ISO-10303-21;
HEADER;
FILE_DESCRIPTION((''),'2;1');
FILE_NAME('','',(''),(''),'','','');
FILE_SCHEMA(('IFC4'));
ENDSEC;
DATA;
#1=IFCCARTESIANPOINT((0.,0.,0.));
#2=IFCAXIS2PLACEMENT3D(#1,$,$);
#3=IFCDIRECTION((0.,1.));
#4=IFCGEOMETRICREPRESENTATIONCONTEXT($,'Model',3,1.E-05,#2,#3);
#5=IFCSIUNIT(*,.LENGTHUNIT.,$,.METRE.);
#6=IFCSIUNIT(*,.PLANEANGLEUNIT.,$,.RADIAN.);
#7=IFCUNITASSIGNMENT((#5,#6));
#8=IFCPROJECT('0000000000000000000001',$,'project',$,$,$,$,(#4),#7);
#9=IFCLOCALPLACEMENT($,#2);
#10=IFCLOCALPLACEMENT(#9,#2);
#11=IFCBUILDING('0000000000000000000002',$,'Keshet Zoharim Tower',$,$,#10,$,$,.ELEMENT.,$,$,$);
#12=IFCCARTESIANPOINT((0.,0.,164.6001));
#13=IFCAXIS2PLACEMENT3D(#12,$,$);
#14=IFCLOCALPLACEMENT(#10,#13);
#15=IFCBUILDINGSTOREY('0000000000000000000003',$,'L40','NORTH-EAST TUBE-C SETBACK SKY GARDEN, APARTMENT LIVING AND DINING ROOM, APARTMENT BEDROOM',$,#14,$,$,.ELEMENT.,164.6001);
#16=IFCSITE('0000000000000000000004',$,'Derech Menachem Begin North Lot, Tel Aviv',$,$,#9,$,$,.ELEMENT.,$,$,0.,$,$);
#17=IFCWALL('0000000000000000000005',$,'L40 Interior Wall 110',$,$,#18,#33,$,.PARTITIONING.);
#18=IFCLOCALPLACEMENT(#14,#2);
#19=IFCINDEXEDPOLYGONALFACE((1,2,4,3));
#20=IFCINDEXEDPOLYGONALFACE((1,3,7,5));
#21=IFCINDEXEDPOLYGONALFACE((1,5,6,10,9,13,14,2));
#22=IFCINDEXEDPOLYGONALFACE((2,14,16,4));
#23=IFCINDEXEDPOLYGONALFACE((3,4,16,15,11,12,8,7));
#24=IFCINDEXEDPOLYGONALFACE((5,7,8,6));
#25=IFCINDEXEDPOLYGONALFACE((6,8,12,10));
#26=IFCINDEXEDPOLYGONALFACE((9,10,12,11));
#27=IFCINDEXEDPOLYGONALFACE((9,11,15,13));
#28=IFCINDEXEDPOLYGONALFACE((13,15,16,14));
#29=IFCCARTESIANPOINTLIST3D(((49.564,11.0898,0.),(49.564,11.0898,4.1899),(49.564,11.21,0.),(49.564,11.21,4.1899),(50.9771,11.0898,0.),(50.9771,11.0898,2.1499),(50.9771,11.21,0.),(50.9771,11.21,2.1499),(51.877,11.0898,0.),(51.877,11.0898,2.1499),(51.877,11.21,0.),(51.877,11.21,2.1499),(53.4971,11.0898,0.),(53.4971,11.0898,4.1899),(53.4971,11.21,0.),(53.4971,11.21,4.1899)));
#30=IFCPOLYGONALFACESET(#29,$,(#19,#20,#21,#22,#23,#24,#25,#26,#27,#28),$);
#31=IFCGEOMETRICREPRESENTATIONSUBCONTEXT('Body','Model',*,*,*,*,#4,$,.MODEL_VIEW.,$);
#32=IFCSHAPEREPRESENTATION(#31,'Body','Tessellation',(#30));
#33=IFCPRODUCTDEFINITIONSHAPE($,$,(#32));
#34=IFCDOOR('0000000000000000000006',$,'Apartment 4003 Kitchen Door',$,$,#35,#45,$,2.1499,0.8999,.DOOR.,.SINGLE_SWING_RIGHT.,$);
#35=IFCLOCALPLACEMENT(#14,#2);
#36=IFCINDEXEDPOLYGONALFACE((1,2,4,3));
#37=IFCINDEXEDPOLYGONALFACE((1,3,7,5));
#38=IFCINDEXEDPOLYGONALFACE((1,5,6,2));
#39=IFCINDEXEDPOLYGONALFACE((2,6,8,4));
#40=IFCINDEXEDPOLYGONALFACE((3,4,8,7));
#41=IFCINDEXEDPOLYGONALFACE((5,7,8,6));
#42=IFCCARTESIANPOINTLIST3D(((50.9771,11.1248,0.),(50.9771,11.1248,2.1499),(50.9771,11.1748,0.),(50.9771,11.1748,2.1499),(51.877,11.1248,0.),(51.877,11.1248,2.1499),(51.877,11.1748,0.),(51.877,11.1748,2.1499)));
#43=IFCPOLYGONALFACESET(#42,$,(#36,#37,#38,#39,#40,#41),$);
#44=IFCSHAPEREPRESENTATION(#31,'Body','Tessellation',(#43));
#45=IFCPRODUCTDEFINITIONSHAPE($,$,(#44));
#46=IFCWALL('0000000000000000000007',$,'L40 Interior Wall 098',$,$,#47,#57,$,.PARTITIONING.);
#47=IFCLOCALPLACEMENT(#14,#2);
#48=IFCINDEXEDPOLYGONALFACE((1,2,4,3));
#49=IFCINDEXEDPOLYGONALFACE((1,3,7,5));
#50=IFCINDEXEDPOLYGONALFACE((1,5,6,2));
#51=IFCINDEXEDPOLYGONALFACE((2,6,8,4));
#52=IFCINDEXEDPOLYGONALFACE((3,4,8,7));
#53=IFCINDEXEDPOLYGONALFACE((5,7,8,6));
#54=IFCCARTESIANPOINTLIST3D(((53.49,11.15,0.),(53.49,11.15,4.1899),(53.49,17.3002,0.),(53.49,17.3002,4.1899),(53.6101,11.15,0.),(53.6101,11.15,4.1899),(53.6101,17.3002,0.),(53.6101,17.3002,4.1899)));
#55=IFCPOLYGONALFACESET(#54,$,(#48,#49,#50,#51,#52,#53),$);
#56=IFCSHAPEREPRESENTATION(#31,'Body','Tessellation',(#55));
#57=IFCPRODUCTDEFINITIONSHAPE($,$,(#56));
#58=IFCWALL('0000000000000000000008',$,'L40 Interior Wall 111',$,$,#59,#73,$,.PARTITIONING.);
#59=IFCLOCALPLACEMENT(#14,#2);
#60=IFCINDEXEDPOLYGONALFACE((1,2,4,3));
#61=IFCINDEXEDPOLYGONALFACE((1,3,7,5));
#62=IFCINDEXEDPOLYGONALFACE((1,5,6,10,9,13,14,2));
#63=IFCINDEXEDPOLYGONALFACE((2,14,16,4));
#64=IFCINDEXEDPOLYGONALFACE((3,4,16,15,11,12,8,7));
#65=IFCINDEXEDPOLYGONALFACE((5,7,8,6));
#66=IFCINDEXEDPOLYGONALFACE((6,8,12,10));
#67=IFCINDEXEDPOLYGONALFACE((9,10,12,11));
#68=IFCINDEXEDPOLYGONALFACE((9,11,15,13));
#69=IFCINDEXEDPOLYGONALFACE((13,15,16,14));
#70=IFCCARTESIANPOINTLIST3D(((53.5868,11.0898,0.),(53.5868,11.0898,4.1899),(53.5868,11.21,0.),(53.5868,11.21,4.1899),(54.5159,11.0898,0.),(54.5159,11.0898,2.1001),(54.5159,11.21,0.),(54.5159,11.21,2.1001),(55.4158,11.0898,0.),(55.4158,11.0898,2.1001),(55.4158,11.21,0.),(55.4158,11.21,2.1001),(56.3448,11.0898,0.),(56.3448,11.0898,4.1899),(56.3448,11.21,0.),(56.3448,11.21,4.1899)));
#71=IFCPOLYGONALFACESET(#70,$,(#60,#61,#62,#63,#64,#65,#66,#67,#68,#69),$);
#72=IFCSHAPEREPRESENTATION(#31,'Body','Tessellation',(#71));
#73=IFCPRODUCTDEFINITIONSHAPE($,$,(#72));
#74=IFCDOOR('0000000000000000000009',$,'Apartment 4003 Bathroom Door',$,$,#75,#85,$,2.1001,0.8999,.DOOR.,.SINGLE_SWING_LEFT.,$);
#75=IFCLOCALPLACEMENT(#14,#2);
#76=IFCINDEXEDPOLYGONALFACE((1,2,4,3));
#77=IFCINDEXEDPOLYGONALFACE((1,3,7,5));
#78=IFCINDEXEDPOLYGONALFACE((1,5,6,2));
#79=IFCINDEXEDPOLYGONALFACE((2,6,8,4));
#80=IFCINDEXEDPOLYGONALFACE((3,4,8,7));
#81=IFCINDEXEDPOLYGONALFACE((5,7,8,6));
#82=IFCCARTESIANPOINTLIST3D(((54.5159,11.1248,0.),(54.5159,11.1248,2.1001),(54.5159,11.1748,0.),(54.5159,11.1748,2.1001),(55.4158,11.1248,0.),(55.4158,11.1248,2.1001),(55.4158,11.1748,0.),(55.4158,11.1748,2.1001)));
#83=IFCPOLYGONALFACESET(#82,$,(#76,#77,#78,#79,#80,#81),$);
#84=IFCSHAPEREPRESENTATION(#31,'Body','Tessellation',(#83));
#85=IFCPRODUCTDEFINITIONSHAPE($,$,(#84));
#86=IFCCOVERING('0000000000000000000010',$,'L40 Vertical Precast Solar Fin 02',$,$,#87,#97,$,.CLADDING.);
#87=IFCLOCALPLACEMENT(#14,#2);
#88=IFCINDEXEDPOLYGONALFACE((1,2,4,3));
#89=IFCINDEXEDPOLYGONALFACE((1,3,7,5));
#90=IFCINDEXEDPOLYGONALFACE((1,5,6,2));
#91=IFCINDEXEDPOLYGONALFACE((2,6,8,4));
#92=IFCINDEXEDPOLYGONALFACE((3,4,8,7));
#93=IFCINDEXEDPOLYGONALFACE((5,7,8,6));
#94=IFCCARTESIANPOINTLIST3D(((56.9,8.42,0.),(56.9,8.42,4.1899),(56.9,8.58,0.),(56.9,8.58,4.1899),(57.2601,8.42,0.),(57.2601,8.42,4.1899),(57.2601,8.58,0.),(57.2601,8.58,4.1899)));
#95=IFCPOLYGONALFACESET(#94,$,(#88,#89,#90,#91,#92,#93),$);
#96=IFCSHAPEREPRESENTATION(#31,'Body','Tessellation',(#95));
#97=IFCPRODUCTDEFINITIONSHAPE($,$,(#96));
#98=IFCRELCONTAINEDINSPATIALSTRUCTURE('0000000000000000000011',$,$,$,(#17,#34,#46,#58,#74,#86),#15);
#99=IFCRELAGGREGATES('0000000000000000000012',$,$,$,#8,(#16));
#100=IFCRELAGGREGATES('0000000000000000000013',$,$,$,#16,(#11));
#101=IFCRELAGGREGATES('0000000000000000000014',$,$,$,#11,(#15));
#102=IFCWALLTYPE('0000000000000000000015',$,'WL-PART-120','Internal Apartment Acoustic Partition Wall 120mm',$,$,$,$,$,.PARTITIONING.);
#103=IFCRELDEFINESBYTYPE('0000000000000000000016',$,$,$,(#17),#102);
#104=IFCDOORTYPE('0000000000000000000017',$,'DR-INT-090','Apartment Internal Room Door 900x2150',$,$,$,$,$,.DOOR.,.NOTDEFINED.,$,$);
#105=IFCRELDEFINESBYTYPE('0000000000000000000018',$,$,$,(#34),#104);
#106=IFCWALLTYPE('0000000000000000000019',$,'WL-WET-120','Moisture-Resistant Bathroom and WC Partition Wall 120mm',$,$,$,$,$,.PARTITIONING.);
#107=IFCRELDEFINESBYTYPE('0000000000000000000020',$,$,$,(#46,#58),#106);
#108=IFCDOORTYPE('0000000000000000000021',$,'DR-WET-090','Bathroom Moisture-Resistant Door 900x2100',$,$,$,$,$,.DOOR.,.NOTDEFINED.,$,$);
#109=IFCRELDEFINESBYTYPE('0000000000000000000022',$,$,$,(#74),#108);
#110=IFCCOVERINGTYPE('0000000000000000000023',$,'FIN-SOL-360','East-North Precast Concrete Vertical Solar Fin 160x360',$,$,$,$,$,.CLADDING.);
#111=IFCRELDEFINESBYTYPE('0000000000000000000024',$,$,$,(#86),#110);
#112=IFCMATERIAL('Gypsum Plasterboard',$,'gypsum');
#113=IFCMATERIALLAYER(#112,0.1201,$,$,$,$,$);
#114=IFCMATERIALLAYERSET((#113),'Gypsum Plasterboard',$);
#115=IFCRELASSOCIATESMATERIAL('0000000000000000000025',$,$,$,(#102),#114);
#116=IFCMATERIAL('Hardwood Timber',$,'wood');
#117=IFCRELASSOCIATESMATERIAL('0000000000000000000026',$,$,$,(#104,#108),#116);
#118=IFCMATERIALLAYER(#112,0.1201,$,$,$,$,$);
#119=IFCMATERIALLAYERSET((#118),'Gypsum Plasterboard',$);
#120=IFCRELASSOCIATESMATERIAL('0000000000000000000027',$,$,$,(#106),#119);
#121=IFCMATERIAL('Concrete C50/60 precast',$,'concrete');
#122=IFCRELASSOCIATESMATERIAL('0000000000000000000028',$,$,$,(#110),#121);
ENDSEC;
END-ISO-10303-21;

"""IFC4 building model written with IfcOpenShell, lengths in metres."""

from ifc_helpers import new_model, si_unit, direction, frame, frame_2d, origin, origin_2d, place, context, subcontext, project, spatial, rectangle, extrude, material, layer, layer_set, type_object, element, fill, save


model = new_model("IFC4")

# Units and contexts
model_context = context("Model", 3, precision=1e-05, world=origin(), true_north=direction((0.0, 1.0)))
body_context = subcontext(model_context, "Body", "Model", "MODEL_VIEW")
ifc_project = project(units=[si_unit("LENGTHUNIT", "METRE"), si_unit("PLANEANGLEUNIT", "RADIAN")], contexts=[model_context])

# Site, building, storey
site_placement = place(None, origin())
site = spatial("IfcSite", under=ifc_project, at=site_placement, Name="Derech Menachem Begin North Lot, Tel Aviv", CompositionType="ELEMENT", RefElevation=0.0)
building_placement = place(site_placement, origin())
building = spatial("IfcBuilding", under=site, at=building_placement, Name="Keshet Zoharim Tower", CompositionType="ELEMENT")
storey_placement = place(building_placement, frame((0.0, 0.0, 164.6001)))
storey = spatial("IfcBuildingStorey", under=building, at=storey_placement, Name="L40", Description="NORTH-EAST TUBE-C SETBACK SKY GARDEN, APARTMENT LIVING AND DINING ROOM, APARTMENT BEDROOM", CompositionType="ELEMENT", Elevation=164.6001)

# Shared definitions
ifc_material_1 = material(Name="Hardwood Timber", Category="wood")

# Shared definitions
ifc_material_2 = material(Name="Gypsum Plasterboard", Category="gypsum")
ifc_layer_1 = layer(ifc_material_2, 0.1201)
ifc_layer_set_1 = layer_set([ifc_layer_1], Name="Gypsum Plasterboard")
wall_type_1 = type_object("IfcWallType", Name="WL-PART-120", Description="Internal Apartment Acoustic Partition Wall 120mm", PredefinedType="PARTITIONING", material=ifc_layer_set_1)

# Shared definitions
door_type_1 = type_object("IfcDoorType", Name="DR-INT-090", Description="Apartment Internal Room Door 900x2150", OperationType="NOTDEFINED", PredefinedType="DOOR", material=ifc_material_1)

# Wall, opening, door
wall_1_placement = place(storey_placement, frame((49.564, 11.1499, 0.0), z_axis=(0.0, 0.0, 1.0), x_axis=(1.0, 0.0, 0.0)))
wall_1 = element("IfcWall", 1, at=wall_1_placement, inside=storey, type_object=wall_type_1, Name="L40 Interior Wall 110", PredefinedType="PARTITIONING", context=body_context, shape_type="SweptSolid", body=[
    extrude(rectangle(XDim=3.9331, YDim=0.1201, at=frame_2d((1.9666, 0.0))), origin(), (0.0, 0.0, 1.0), 4.1899),
])
opening_1_placement = place(wall_1_placement, frame((1.4131, 0.0, 0.0)))
opening_1 = element("IfcOpeningElement", 2, at=opening_1_placement, cuts=wall_1, PredefinedType="OPENING", context=body_context, shape_type="SweptSolid", body=[
    extrude(rectangle(XDim=0.8999, YDim=2.1499, at=frame_2d((0.45, 1.075))), frame((0.0, 0.0701, 0.0), z_axis=(0.0, -1.0, 0.0), x_axis=(1.0, 0.0, 0.0)), (0.0, 0.0, 1.0), 0.1401),
])
door_1_placement = place(opening_1_placement, origin())
door_1 = element("IfcDoor", 3, at=door_1_placement, inside=storey, type_object=door_type_1, Name="Apartment 4003 Kitchen Door", OperationType="SINGLE_SWING_RIGHT", OverallHeight=2.1499, OverallWidth=0.8999, PredefinedType="DOOR", context=body_context, shape_type="SweptSolid", body=[
    extrude(rectangle(XDim=0.8999, YDim=2.1499, at=frame_2d((0.45, 1.075))), frame((0.0, 0.0249, 0.0), z_axis=(0.0, -1.0, 0.0), x_axis=(1.0, 0.0, 0.0)), (0.0, 0.0, 1.0), 0.05),
])
fill(opening_1, door_1)

# Wall
ifc_layer_2 = layer(ifc_material_2, 0.1201)
ifc_layer_set_2 = layer_set([ifc_layer_2], Name="Gypsum Plasterboard")
wall_type_2 = type_object("IfcWallType", Name="WL-WET-120", Description="Moisture-Resistant Bathroom and WC Partition Wall 120mm", PredefinedType="PARTITIONING", material=ifc_layer_set_2)
wall_2_placement = place(storey_placement, frame((53.55, 11.1499, 0.0), z_axis=(0.0, 0.0, 1.0), x_axis=(0.0, 1.0, 0.0)))
element("IfcWall", 4, at=wall_2_placement, inside=storey, type_object=wall_type_2, Name="L40 Interior Wall 098", PredefinedType="PARTITIONING", context=body_context, shape_type="SweptSolid", body=[
    extrude(rectangle(XDim=6.1501, YDim=0.1201, at=frame_2d((3.0752, 0.0))), origin(), (0.0, 0.0, 1.0), 4.1899),
])

# Wall, opening, door
wall_3_placement = place(storey_placement, frame((53.5869, 11.1499, 0.0), z_axis=(0.0, 0.0, 1.0), x_axis=(1.0, 0.0, 0.0)))
wall_3 = element("IfcWall", 5, at=wall_3_placement, inside=storey, type_object=wall_type_2, Name="L40 Interior Wall 111", PredefinedType="PARTITIONING", context=body_context, shape_type="SweptSolid", body=[
    extrude(rectangle(XDim=2.7581, YDim=0.1201, at=frame_2d((1.3789, 0.0))), origin(), (0.0, 0.0, 1.0), 4.1899),
])
opening_2_placement = place(wall_3_placement, frame((0.929, 0.0, 0.0)))
opening_2 = element("IfcOpeningElement", 6, at=opening_2_placement, cuts=wall_3, PredefinedType="OPENING", context=body_context, shape_type="SweptSolid", body=[
    extrude(rectangle(XDim=0.8999, YDim=2.1001, at=frame_2d((0.45, 1.05))), frame((0.0, 0.0701, 0.0), z_axis=(0.0, -1.0, 0.0), x_axis=(1.0, 0.0, 0.0)), (0.0, 0.0, 1.0), 0.1401),
])
door_type_2 = type_object("IfcDoorType", Name="DR-WET-090", Description="Bathroom Moisture-Resistant Door 900x2100", OperationType="NOTDEFINED", PredefinedType="DOOR", material=ifc_material_1)
door_2_placement = place(opening_2_placement, origin())
door_2 = element("IfcDoor", 7, at=door_2_placement, inside=storey, type_object=door_type_2, Name="Apartment 4003 Bathroom Door", OperationType="SINGLE_SWING_LEFT", OverallHeight=2.1001, OverallWidth=0.8999, PredefinedType="DOOR", context=body_context, shape_type="SweptSolid", body=[
    extrude(rectangle(XDim=0.8999, YDim=2.1001, at=frame_2d((0.45, 1.05))), frame((0.0, 0.0249, 0.0), z_axis=(0.0, -1.0, 0.0), x_axis=(1.0, 0.0, 0.0)), (0.0, 0.0, 1.0), 0.05),
])
fill(opening_2, door_2)

# Covering
ifc_material_3 = material(Name="Concrete C50/60 precast", Category="concrete")
covering_type = type_object("IfcCoveringType", Name="FIN-SOL-360", Description="East-North Precast Concrete Vertical Solar Fin 160x360", PredefinedType="CLADDING", material=ifc_material_3)
covering_placement = place(storey_placement, frame((57.0801, 8.5, 0.0), z_axis=(0.0, 0.0, 1.0), x_axis=(0.0, -1.0, 0.0)))
element("IfcCovering", 8, at=covering_placement, inside=storey, type_object=covering_type, Name="L40 Vertical Precast Solar Fin 02", PredefinedType="CLADDING", context=body_context, shape_type="SweptSolid", body=[
    extrude(rectangle(XDim=0.1599, YDim=0.3601, at=origin_2d()), origin(), (0.0, 0.0, 1.0), 4.1899),
])

save(model, "model.ifc")
